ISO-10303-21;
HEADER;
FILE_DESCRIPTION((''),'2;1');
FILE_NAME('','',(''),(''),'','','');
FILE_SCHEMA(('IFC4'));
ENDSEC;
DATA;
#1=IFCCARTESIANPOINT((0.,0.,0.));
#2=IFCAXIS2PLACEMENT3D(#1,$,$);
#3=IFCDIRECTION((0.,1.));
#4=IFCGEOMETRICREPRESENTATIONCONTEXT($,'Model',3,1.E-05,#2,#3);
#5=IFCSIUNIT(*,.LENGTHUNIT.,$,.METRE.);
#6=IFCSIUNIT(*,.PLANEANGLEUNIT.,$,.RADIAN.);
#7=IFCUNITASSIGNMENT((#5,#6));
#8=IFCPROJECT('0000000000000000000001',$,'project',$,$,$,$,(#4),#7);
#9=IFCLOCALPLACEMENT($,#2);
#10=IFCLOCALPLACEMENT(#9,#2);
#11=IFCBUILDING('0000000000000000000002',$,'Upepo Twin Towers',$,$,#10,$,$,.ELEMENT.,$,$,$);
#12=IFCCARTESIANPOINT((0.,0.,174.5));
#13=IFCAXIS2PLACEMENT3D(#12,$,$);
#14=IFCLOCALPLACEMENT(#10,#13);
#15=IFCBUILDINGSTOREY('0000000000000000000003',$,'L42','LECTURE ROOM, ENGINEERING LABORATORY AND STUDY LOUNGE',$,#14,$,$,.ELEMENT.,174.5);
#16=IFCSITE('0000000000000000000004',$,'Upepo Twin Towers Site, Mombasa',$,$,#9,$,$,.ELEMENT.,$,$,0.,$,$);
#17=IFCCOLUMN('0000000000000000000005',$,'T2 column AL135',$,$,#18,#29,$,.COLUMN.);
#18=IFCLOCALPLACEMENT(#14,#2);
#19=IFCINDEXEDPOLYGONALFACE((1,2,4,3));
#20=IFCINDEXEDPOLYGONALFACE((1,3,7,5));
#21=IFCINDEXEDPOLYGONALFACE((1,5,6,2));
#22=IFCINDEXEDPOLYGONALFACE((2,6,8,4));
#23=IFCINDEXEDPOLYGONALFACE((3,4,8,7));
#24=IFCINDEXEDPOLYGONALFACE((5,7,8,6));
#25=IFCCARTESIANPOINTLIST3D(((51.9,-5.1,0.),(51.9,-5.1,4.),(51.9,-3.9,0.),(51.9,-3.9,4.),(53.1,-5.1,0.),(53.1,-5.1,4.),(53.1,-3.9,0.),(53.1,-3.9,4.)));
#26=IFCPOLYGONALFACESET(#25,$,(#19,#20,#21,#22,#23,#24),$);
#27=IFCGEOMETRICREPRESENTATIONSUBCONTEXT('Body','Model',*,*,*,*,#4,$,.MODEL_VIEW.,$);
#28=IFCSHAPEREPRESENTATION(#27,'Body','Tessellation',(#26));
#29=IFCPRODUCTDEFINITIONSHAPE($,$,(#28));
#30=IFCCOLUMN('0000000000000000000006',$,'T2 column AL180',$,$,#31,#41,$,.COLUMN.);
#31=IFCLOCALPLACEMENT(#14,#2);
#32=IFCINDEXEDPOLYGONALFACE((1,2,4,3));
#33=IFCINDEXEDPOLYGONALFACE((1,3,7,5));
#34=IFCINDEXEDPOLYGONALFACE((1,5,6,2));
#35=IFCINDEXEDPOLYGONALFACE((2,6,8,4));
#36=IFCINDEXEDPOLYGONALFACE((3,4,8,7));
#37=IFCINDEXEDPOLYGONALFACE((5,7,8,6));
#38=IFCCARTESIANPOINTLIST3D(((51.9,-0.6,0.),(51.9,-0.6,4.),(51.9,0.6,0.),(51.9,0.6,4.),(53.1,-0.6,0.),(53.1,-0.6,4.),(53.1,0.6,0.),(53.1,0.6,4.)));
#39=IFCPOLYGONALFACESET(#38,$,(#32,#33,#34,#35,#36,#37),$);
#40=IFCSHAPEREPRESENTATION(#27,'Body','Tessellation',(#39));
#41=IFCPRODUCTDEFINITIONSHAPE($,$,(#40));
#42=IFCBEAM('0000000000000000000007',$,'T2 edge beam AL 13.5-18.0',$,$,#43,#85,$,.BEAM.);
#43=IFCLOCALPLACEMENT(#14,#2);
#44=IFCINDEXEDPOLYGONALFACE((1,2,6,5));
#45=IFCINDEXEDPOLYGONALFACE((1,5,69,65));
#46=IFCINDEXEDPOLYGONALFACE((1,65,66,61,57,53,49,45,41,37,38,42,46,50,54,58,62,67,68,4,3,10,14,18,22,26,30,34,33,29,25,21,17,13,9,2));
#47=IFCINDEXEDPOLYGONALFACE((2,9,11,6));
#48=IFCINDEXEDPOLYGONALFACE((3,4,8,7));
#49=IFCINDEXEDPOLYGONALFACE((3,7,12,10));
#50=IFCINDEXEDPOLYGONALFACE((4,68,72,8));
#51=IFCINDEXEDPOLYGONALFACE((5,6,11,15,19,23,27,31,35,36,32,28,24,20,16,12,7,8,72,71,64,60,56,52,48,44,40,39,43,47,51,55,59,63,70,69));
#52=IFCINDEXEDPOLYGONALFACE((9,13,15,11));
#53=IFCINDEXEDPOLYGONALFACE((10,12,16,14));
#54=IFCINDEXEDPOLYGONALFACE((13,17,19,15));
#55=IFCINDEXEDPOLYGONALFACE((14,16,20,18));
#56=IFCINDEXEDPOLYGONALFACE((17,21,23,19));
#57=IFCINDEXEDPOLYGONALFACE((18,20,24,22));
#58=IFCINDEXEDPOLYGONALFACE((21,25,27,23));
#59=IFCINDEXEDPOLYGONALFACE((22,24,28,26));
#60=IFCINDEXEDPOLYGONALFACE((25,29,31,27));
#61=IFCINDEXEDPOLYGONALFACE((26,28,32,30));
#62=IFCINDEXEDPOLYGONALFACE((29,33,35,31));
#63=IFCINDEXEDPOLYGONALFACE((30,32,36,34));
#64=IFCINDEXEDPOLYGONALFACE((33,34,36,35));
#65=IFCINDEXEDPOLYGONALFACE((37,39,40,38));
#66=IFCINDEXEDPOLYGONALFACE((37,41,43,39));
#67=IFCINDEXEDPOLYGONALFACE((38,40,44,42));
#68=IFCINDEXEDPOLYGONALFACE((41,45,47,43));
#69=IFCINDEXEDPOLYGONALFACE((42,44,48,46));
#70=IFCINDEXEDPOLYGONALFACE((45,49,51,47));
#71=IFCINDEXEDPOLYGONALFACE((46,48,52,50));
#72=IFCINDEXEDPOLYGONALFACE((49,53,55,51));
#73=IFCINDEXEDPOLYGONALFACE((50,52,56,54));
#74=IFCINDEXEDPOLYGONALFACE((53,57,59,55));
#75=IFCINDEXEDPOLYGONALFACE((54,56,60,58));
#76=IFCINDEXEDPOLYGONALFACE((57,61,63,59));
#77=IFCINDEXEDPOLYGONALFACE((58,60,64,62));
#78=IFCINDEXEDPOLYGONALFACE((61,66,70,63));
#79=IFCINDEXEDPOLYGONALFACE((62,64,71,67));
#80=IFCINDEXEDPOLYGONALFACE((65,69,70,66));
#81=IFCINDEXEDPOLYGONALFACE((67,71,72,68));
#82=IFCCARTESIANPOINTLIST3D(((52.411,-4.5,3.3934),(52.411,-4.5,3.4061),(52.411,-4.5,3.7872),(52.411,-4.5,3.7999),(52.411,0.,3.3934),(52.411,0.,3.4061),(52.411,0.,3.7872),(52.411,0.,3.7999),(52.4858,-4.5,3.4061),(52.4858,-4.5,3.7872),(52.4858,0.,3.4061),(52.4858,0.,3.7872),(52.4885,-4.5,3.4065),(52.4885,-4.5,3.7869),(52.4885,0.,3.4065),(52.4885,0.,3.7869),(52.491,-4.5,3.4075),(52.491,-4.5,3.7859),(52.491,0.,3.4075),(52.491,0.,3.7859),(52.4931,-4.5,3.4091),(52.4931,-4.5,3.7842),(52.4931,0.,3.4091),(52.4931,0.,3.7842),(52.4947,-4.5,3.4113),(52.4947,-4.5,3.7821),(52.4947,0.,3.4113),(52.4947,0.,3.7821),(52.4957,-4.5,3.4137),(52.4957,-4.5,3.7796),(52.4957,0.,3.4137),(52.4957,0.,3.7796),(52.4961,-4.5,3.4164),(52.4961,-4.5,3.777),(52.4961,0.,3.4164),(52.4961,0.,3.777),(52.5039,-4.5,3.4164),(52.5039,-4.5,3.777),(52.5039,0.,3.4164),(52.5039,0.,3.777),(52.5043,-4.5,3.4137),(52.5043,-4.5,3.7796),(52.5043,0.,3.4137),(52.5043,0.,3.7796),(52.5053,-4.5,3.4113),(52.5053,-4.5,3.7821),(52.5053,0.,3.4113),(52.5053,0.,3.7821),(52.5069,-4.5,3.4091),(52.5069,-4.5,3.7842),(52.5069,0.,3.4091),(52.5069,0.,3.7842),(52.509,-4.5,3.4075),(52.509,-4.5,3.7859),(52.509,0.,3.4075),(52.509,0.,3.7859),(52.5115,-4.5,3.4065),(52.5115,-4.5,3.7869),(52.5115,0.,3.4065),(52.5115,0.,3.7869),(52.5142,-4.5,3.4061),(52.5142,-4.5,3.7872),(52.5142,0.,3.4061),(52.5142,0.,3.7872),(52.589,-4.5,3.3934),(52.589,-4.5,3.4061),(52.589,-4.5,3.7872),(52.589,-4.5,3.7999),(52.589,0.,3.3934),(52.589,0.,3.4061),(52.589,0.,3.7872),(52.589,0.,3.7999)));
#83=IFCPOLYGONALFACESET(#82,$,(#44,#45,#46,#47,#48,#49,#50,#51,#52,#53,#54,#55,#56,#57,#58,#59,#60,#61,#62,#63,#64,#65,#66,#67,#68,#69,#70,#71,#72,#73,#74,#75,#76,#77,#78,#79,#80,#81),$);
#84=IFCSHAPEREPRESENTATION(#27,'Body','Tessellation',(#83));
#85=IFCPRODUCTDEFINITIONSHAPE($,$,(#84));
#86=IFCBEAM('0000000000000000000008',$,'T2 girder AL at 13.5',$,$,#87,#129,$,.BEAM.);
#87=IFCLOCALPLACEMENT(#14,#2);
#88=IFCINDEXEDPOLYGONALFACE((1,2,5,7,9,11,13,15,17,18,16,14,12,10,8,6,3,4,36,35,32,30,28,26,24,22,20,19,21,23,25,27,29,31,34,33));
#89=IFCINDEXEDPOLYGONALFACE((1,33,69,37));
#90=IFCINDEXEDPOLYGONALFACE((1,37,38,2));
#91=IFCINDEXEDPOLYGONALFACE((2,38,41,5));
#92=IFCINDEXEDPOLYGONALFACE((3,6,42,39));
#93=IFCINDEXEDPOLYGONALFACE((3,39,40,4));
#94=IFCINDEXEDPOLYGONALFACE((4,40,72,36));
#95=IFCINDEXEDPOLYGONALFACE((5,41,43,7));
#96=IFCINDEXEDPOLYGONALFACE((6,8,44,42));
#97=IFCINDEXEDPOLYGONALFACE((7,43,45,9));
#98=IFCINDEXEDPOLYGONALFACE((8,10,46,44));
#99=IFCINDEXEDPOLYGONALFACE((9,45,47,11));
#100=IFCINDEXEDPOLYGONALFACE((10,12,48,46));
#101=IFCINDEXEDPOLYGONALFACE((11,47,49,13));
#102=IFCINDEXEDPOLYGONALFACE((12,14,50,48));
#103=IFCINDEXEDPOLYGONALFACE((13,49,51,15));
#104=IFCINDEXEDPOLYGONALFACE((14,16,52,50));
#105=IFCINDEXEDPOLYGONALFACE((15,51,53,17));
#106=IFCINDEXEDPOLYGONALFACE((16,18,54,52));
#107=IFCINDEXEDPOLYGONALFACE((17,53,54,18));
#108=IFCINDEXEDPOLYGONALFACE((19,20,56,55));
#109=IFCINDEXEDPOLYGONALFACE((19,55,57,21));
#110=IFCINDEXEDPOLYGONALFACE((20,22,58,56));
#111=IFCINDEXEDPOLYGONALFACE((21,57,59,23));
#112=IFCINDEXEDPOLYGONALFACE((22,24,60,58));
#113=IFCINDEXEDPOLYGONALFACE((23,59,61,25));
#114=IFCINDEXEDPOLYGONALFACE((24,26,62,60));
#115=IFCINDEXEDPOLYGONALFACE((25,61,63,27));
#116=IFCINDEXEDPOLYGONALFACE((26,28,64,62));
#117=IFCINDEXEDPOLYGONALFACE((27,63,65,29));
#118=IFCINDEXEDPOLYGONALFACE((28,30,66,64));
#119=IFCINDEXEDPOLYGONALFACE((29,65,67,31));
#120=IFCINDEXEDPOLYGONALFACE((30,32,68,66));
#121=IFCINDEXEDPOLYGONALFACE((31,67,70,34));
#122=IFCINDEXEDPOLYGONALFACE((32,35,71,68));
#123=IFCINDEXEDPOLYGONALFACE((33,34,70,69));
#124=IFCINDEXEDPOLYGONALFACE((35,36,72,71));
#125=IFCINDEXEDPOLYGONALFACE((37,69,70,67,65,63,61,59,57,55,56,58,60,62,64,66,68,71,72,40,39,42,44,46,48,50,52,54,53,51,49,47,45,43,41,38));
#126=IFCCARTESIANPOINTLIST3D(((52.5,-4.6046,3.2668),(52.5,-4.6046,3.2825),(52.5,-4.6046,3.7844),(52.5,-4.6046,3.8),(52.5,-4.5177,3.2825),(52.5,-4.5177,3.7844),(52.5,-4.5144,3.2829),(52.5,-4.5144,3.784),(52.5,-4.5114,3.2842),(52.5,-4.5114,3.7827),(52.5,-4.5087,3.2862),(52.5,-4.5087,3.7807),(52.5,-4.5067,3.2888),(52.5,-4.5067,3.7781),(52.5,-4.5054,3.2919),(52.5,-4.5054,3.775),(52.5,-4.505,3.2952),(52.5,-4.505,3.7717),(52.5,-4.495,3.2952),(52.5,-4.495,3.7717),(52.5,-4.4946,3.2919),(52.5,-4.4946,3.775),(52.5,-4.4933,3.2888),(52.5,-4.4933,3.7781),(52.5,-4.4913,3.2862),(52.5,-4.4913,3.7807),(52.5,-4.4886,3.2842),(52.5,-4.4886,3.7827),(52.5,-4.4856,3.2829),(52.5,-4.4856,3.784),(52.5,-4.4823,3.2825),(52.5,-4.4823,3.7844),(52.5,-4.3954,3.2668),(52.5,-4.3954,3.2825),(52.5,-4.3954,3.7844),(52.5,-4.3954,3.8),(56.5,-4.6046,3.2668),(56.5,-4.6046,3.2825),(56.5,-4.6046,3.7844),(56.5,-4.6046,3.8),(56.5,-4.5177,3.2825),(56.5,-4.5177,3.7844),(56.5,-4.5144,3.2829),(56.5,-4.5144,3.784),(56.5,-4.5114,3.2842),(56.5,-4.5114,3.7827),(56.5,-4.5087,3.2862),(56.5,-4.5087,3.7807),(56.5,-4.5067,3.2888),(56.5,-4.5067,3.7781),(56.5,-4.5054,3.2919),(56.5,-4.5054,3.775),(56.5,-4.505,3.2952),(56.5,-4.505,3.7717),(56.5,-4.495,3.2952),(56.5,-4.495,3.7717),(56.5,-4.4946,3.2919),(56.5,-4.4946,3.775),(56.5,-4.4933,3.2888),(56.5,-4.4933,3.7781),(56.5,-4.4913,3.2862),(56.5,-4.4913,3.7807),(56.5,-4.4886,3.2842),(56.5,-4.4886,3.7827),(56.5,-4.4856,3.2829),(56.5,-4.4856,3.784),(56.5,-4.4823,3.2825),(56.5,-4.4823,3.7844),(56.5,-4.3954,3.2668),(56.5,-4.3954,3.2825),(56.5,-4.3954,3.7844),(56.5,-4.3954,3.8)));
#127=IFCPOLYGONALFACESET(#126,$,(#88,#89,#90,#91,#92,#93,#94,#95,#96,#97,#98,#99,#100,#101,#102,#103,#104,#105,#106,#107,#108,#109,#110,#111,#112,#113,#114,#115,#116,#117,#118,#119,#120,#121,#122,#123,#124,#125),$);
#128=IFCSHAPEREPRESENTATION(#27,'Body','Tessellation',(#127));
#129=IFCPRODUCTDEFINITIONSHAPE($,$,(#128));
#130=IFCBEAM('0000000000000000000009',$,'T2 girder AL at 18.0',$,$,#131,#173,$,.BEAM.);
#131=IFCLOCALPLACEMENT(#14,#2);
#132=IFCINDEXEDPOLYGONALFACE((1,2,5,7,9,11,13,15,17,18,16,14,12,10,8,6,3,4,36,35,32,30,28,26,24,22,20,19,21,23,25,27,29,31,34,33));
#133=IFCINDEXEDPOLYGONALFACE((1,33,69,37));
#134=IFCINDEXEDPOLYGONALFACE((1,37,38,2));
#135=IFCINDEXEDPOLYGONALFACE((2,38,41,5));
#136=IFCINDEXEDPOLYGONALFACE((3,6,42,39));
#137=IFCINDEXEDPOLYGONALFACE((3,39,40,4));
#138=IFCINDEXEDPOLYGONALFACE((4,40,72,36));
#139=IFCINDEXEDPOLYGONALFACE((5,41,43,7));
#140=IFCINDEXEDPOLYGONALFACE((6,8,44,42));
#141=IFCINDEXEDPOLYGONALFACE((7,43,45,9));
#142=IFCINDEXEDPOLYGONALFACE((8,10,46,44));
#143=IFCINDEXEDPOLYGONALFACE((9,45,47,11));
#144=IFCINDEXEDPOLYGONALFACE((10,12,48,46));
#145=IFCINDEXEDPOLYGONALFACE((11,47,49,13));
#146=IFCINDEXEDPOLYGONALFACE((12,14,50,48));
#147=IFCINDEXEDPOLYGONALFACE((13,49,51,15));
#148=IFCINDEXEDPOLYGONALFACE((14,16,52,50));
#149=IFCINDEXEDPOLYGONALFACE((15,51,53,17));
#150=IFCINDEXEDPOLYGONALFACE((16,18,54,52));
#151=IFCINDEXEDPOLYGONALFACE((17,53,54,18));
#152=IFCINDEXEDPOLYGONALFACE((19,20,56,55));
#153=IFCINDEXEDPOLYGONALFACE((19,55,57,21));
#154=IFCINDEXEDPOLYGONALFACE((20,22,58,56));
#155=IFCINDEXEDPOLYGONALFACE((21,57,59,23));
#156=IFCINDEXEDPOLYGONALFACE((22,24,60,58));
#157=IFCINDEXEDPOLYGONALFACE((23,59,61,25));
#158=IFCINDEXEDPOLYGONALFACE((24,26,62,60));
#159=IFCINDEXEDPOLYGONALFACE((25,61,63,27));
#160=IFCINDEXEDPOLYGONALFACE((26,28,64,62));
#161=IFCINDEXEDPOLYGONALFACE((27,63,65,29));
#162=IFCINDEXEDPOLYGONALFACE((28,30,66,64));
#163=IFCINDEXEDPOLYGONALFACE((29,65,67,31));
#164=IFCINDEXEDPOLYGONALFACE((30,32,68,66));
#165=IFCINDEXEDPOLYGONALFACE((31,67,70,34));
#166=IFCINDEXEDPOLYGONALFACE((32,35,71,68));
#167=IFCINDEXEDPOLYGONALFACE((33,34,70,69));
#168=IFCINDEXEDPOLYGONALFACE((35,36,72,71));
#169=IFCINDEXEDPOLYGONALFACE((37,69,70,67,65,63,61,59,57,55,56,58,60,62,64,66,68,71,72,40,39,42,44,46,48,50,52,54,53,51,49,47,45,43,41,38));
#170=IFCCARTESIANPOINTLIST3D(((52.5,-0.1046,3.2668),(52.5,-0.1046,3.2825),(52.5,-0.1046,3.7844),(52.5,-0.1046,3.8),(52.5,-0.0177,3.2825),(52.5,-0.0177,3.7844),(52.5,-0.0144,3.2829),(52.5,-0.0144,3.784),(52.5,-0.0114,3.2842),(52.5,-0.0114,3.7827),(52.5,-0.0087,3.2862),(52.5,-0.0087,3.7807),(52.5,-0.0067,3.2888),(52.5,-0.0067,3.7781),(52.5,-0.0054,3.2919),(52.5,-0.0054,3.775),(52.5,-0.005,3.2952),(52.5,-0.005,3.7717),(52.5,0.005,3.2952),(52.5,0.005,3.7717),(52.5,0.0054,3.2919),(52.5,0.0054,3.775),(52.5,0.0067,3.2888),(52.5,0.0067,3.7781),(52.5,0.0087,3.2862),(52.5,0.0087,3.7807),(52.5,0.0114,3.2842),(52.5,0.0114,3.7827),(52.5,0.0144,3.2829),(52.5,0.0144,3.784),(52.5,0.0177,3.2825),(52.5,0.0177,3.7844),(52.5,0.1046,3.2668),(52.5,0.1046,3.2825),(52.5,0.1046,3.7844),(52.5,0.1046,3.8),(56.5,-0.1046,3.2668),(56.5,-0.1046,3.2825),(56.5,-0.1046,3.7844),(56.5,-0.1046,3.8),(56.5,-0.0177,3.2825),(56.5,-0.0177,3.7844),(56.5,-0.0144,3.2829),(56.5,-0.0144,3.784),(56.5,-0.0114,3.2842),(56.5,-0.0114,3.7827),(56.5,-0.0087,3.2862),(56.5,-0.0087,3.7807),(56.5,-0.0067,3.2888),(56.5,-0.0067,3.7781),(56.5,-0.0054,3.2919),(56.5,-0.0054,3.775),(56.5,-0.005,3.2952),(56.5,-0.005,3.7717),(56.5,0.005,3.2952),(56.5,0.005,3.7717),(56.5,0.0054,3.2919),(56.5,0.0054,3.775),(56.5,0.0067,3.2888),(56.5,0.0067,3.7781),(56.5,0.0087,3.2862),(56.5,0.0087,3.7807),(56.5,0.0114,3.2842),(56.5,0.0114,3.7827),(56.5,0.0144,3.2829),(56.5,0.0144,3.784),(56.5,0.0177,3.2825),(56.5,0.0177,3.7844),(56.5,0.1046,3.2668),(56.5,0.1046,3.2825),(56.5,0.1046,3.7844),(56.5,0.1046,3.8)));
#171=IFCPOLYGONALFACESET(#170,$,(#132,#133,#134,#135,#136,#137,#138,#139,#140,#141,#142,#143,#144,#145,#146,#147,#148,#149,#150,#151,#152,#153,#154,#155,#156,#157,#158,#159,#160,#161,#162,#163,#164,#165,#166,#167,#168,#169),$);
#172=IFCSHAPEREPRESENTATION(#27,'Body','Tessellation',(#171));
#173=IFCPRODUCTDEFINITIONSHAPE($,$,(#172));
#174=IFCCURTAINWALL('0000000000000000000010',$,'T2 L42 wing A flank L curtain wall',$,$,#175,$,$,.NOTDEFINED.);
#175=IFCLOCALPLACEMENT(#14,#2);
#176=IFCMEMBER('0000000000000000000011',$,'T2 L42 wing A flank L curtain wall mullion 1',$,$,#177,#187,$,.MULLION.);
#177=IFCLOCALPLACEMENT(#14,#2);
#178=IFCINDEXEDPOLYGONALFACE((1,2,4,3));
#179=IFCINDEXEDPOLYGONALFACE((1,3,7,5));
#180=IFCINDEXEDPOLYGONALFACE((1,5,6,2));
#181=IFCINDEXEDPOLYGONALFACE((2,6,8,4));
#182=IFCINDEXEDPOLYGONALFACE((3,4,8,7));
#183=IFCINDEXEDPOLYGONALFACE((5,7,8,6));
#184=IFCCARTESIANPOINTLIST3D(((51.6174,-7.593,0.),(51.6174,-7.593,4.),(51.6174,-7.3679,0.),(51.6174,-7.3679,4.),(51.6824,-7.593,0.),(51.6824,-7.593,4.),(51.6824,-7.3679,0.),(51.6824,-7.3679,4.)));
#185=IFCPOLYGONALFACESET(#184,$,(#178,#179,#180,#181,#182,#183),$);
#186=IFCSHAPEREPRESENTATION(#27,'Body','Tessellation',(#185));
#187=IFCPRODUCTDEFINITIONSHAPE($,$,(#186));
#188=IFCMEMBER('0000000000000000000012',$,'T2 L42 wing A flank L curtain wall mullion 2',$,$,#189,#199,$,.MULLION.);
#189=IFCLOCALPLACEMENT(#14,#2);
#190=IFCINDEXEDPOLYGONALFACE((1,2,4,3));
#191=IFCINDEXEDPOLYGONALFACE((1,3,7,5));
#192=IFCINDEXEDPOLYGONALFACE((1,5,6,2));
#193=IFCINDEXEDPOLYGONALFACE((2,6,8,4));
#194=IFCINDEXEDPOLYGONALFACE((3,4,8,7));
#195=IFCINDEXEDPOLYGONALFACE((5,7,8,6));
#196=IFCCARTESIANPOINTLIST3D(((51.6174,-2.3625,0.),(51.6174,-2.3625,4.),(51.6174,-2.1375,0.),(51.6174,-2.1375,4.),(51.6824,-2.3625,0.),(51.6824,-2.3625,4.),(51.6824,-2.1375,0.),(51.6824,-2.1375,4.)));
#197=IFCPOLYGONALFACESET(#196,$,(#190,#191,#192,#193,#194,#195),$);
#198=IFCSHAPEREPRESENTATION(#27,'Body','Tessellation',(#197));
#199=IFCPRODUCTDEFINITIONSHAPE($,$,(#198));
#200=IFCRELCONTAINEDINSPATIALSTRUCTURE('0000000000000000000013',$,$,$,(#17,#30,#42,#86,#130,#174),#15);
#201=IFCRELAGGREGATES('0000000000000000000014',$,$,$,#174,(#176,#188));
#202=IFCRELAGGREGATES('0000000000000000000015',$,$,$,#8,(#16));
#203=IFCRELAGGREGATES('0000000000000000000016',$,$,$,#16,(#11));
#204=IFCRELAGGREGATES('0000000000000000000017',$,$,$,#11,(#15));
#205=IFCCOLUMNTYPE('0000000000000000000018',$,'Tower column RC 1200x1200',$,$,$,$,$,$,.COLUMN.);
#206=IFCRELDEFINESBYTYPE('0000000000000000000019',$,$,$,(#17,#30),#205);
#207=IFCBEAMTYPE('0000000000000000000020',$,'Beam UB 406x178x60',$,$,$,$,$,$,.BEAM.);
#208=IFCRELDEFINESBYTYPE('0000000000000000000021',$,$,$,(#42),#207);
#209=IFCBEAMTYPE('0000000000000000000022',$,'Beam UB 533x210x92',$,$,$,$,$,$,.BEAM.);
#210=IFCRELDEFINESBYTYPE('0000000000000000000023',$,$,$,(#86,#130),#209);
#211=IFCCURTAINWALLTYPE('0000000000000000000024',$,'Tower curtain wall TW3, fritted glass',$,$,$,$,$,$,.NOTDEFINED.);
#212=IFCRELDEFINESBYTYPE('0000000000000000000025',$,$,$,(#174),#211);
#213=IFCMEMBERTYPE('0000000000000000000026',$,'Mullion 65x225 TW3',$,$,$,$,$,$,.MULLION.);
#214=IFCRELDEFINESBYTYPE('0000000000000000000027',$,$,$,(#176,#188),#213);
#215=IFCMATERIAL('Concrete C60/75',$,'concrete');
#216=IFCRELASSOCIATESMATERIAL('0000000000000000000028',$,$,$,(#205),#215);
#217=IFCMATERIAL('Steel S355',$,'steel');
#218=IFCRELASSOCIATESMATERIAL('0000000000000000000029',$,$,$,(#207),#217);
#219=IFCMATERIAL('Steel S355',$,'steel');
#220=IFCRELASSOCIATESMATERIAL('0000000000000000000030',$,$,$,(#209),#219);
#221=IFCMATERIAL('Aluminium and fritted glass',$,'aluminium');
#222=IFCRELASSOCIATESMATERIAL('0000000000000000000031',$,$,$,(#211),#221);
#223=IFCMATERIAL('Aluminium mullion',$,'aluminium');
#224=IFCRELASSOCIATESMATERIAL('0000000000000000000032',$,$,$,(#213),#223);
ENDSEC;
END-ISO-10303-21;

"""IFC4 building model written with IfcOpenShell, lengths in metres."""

from ifc_helpers import new_model, si_unit, direction, frame, origin, origin_2d, place, context, subcontext, project, spatial, rectangle, i_section, extrude, material, material_profile, profile_set, type_object, element, aggregate, save


model = new_model("IFC4")

# Units and contexts
model_context = context("Model", 3, precision=1e-05, world=origin(), true_north=direction((0.0, 1.0)))
body_context = subcontext(model_context, "Body", "Model", "MODEL_VIEW")
ifc_project = project(units=[si_unit("LENGTHUNIT", "METRE"), si_unit("PLANEANGLEUNIT", "RADIAN")], contexts=[model_context])

# Site, building, storey
site_placement = place(None, origin())
site = spatial("IfcSite", under=ifc_project, at=site_placement, Name="Upepo Twin Towers Site, Mombasa", CompositionType="ELEMENT", RefElevation=0.0)
building_placement = place(site_placement, origin())
building = spatial("IfcBuilding", under=site, at=building_placement, Name="Upepo Twin Towers", CompositionType="ELEMENT")
storey_placement = place(building_placement, frame((0.0, 0.0, 174.5)))
storey = spatial("IfcBuildingStorey", under=building, at=storey_placement, Name="L42", Description="LECTURE ROOM, ENGINEERING LABORATORY AND STUDY LOUNGE", CompositionType="ELEMENT", Elevation=174.5)

# Columns
ifc_material_1 = material(Name="Concrete C60/75", Category="concrete")
ifc_material_profile_1 = material_profile(ifc_material_1, rectangle(XDim=1.2, YDim=1.2, at=origin_2d()), Name="RC 1200x1200")
ifc_profile_set_1 = profile_set([ifc_material_profile_1], Name="Concrete C60/75")
column_type = type_object("IfcColumnType", Name="Tower column RC 1200x1200", PredefinedType="COLUMN", material=ifc_profile_set_1)
for number, where, z_axis, x_axis, name in (
    (1, (52.5, -4.5, 0.0), (0.0, 0.0, 1.0), (1.0, 0.0, 0.0), "T2 column AL135"),
    (2, (52.5, 0.0, 0.0), (0.0, 0.0, 1.0), (1.0, 0.0, 0.0), "T2 column AL180"),
):
    element("IfcColumn", number, at=place(storey_placement, frame(where, z_axis=z_axis, x_axis=x_axis)), inside=storey, type_object=column_type, Name=name, PredefinedType="COLUMN", context=body_context, shape_type="SweptSolid", body=[
        extrude(rectangle(XDim=1.2, YDim=1.2, at=origin_2d()), origin(), (0.0, 0.0, 1.0), 4.0),
    ])

# Beams
ifc_material_2 = material(Name="Steel S355", Category="steel")
ifc_material_profile_2 = material_profile(ifc_material_2, i_section(OverallWidth=0.178, OverallDepth=0.4065, WebThickness=0.0078, FlangeThickness=0.0127, FilletRadius=0.0103, at=origin_2d()), Name="UB 406x178x60")
ifc_profile_set_2 = profile_set([ifc_material_profile_2], Name="Steel S355")
beam_type_1 = type_object("IfcBeamType", Name="Beam UB 406x178x60", PredefinedType="BEAM", material=ifc_profile_set_2)
beam_placement = place(storey_placement, frame((52.5, -4.5, 3.5967), z_axis=(0.0, 1.0, 0.0), x_axis=(-1.0, 0.0, 0.0)))
element("IfcBeam", 3, at=beam_placement, inside=storey, type_object=beam_type_1, Name="T2 edge beam AL 13.5-18.0", PredefinedType="BEAM", context=body_context, shape_type="SweptSolid", body=[
    extrude(i_section(OverallWidth=0.178, OverallDepth=0.4065, WebThickness=0.0078, FlangeThickness=0.0127, FilletRadius=0.0103, at=origin_2d()), origin(), (0.0, 0.0, 1.0), 4.5),
])
ifc_material_3 = material(Name="Steel S355", Category="steel")
ifc_material_profile_3 = material_profile(ifc_material_3, i_section(OverallWidth=0.2092, OverallDepth=0.5332, WebThickness=0.01, FlangeThickness=0.0156, FilletRadius=0.0127, at=origin_2d()), Name="UB 533x210x92")
ifc_profile_set_3 = profile_set([ifc_material_profile_3], Name="Steel S355")
beam_type_2 = type_object("IfcBeamType", Name="Beam UB 533x210x92", PredefinedType="BEAM", material=ifc_profile_set_3)
for number, where, z_axis, x_axis, name in (
    (4, (52.5, -4.5, 3.5334), (1.0, 0.0, 0.0), (0.0, 1.0, 0.0), "T2 girder AL at 13.5"),
    (5, (52.5, 0.0, 3.5334), (1.0, 0.0, 0.0), (0.0, 1.0, 0.0), "T2 girder AL at 18.0"),
):
    element("IfcBeam", number, at=place(storey_placement, frame(where, z_axis=z_axis, x_axis=x_axis)), inside=storey, type_object=beam_type_2, Name=name, PredefinedType="BEAM", context=body_context, shape_type="SweptSolid", body=[
        extrude(i_section(OverallWidth=0.2092, OverallDepth=0.5332, WebThickness=0.01, FlangeThickness=0.0156, FilletRadius=0.0127, at=origin_2d()), origin(), (0.0, 0.0, 1.0), 4.0),
    ])

# Curtain wall, members
ifc_material_4 = material(Name="Aluminium and fritted glass", Category="aluminium")
curtain_wall_type = type_object("IfcCurtainWallType", Name="Tower curtain wall TW3, fritted glass", PredefinedType="NOTDEFINED", material=ifc_material_4)
curtain_wall_1_placement = place(storey_placement, origin())
curtain_wall_1 = element("IfcCurtainWall", 6, at=curtain_wall_1_placement, inside=storey, type_object=curtain_wall_type, Name="T2 L42 wing A flank L curtain wall", PredefinedType="NOTDEFINED")
ifc_material_5 = material(Name="Aluminium mullion", Category="aluminium")
ifc_material_profile_4 = material_profile(ifc_material_5, rectangle(XDim=0.0649, YDim=0.2251, at=origin_2d()), Name="MULLION 65x225")
ifc_profile_set_4 = profile_set([ifc_material_profile_4], Name="Aluminium mullion")
member_type_1 = type_object("IfcMemberType", Name="Mullion 65x225 TW3", PredefinedType="MULLION", material=ifc_profile_set_4)
member_1_placement = place(storey_placement, frame((51.6499, -7.4805, 0.0), z_axis=(0.0, 0.0, 1.0), x_axis=(-1.0, 0.0, 0.0)))
member_1 = element("IfcMember", 7, at=member_1_placement, type_object=member_type_1, Name="T2 L42 wing A flank L curtain wall mullion 1", PredefinedType="MULLION", context=body_context, shape_type="SweptSolid", body=[
    extrude(rectangle(XDim=0.0649, YDim=0.2251, at=origin_2d()), origin(), (0.0, 0.0, 1.0), 4.0),
])
member_2_placement = place(storey_placement, frame((51.6499, -2.25, 0.0), z_axis=(0.0, 0.0, 1.0), x_axis=(-1.0, 0.0, 0.0)))
member_2 = element("IfcMember", 8, at=member_2_placement, type_object=member_type_1, Name="T2 L42 wing A flank L curtain wall mullion 2", PredefinedType="MULLION", context=body_context, shape_type="SweptSolid", body=[
    extrude(rectangle(XDim=0.0649, YDim=0.2251, at=origin_2d()), origin(), (0.0, 0.0, 1.0), 4.0),
])

aggregate(curtain_wall_1, [member_1, member_2])

save(model, "model.ifc")
